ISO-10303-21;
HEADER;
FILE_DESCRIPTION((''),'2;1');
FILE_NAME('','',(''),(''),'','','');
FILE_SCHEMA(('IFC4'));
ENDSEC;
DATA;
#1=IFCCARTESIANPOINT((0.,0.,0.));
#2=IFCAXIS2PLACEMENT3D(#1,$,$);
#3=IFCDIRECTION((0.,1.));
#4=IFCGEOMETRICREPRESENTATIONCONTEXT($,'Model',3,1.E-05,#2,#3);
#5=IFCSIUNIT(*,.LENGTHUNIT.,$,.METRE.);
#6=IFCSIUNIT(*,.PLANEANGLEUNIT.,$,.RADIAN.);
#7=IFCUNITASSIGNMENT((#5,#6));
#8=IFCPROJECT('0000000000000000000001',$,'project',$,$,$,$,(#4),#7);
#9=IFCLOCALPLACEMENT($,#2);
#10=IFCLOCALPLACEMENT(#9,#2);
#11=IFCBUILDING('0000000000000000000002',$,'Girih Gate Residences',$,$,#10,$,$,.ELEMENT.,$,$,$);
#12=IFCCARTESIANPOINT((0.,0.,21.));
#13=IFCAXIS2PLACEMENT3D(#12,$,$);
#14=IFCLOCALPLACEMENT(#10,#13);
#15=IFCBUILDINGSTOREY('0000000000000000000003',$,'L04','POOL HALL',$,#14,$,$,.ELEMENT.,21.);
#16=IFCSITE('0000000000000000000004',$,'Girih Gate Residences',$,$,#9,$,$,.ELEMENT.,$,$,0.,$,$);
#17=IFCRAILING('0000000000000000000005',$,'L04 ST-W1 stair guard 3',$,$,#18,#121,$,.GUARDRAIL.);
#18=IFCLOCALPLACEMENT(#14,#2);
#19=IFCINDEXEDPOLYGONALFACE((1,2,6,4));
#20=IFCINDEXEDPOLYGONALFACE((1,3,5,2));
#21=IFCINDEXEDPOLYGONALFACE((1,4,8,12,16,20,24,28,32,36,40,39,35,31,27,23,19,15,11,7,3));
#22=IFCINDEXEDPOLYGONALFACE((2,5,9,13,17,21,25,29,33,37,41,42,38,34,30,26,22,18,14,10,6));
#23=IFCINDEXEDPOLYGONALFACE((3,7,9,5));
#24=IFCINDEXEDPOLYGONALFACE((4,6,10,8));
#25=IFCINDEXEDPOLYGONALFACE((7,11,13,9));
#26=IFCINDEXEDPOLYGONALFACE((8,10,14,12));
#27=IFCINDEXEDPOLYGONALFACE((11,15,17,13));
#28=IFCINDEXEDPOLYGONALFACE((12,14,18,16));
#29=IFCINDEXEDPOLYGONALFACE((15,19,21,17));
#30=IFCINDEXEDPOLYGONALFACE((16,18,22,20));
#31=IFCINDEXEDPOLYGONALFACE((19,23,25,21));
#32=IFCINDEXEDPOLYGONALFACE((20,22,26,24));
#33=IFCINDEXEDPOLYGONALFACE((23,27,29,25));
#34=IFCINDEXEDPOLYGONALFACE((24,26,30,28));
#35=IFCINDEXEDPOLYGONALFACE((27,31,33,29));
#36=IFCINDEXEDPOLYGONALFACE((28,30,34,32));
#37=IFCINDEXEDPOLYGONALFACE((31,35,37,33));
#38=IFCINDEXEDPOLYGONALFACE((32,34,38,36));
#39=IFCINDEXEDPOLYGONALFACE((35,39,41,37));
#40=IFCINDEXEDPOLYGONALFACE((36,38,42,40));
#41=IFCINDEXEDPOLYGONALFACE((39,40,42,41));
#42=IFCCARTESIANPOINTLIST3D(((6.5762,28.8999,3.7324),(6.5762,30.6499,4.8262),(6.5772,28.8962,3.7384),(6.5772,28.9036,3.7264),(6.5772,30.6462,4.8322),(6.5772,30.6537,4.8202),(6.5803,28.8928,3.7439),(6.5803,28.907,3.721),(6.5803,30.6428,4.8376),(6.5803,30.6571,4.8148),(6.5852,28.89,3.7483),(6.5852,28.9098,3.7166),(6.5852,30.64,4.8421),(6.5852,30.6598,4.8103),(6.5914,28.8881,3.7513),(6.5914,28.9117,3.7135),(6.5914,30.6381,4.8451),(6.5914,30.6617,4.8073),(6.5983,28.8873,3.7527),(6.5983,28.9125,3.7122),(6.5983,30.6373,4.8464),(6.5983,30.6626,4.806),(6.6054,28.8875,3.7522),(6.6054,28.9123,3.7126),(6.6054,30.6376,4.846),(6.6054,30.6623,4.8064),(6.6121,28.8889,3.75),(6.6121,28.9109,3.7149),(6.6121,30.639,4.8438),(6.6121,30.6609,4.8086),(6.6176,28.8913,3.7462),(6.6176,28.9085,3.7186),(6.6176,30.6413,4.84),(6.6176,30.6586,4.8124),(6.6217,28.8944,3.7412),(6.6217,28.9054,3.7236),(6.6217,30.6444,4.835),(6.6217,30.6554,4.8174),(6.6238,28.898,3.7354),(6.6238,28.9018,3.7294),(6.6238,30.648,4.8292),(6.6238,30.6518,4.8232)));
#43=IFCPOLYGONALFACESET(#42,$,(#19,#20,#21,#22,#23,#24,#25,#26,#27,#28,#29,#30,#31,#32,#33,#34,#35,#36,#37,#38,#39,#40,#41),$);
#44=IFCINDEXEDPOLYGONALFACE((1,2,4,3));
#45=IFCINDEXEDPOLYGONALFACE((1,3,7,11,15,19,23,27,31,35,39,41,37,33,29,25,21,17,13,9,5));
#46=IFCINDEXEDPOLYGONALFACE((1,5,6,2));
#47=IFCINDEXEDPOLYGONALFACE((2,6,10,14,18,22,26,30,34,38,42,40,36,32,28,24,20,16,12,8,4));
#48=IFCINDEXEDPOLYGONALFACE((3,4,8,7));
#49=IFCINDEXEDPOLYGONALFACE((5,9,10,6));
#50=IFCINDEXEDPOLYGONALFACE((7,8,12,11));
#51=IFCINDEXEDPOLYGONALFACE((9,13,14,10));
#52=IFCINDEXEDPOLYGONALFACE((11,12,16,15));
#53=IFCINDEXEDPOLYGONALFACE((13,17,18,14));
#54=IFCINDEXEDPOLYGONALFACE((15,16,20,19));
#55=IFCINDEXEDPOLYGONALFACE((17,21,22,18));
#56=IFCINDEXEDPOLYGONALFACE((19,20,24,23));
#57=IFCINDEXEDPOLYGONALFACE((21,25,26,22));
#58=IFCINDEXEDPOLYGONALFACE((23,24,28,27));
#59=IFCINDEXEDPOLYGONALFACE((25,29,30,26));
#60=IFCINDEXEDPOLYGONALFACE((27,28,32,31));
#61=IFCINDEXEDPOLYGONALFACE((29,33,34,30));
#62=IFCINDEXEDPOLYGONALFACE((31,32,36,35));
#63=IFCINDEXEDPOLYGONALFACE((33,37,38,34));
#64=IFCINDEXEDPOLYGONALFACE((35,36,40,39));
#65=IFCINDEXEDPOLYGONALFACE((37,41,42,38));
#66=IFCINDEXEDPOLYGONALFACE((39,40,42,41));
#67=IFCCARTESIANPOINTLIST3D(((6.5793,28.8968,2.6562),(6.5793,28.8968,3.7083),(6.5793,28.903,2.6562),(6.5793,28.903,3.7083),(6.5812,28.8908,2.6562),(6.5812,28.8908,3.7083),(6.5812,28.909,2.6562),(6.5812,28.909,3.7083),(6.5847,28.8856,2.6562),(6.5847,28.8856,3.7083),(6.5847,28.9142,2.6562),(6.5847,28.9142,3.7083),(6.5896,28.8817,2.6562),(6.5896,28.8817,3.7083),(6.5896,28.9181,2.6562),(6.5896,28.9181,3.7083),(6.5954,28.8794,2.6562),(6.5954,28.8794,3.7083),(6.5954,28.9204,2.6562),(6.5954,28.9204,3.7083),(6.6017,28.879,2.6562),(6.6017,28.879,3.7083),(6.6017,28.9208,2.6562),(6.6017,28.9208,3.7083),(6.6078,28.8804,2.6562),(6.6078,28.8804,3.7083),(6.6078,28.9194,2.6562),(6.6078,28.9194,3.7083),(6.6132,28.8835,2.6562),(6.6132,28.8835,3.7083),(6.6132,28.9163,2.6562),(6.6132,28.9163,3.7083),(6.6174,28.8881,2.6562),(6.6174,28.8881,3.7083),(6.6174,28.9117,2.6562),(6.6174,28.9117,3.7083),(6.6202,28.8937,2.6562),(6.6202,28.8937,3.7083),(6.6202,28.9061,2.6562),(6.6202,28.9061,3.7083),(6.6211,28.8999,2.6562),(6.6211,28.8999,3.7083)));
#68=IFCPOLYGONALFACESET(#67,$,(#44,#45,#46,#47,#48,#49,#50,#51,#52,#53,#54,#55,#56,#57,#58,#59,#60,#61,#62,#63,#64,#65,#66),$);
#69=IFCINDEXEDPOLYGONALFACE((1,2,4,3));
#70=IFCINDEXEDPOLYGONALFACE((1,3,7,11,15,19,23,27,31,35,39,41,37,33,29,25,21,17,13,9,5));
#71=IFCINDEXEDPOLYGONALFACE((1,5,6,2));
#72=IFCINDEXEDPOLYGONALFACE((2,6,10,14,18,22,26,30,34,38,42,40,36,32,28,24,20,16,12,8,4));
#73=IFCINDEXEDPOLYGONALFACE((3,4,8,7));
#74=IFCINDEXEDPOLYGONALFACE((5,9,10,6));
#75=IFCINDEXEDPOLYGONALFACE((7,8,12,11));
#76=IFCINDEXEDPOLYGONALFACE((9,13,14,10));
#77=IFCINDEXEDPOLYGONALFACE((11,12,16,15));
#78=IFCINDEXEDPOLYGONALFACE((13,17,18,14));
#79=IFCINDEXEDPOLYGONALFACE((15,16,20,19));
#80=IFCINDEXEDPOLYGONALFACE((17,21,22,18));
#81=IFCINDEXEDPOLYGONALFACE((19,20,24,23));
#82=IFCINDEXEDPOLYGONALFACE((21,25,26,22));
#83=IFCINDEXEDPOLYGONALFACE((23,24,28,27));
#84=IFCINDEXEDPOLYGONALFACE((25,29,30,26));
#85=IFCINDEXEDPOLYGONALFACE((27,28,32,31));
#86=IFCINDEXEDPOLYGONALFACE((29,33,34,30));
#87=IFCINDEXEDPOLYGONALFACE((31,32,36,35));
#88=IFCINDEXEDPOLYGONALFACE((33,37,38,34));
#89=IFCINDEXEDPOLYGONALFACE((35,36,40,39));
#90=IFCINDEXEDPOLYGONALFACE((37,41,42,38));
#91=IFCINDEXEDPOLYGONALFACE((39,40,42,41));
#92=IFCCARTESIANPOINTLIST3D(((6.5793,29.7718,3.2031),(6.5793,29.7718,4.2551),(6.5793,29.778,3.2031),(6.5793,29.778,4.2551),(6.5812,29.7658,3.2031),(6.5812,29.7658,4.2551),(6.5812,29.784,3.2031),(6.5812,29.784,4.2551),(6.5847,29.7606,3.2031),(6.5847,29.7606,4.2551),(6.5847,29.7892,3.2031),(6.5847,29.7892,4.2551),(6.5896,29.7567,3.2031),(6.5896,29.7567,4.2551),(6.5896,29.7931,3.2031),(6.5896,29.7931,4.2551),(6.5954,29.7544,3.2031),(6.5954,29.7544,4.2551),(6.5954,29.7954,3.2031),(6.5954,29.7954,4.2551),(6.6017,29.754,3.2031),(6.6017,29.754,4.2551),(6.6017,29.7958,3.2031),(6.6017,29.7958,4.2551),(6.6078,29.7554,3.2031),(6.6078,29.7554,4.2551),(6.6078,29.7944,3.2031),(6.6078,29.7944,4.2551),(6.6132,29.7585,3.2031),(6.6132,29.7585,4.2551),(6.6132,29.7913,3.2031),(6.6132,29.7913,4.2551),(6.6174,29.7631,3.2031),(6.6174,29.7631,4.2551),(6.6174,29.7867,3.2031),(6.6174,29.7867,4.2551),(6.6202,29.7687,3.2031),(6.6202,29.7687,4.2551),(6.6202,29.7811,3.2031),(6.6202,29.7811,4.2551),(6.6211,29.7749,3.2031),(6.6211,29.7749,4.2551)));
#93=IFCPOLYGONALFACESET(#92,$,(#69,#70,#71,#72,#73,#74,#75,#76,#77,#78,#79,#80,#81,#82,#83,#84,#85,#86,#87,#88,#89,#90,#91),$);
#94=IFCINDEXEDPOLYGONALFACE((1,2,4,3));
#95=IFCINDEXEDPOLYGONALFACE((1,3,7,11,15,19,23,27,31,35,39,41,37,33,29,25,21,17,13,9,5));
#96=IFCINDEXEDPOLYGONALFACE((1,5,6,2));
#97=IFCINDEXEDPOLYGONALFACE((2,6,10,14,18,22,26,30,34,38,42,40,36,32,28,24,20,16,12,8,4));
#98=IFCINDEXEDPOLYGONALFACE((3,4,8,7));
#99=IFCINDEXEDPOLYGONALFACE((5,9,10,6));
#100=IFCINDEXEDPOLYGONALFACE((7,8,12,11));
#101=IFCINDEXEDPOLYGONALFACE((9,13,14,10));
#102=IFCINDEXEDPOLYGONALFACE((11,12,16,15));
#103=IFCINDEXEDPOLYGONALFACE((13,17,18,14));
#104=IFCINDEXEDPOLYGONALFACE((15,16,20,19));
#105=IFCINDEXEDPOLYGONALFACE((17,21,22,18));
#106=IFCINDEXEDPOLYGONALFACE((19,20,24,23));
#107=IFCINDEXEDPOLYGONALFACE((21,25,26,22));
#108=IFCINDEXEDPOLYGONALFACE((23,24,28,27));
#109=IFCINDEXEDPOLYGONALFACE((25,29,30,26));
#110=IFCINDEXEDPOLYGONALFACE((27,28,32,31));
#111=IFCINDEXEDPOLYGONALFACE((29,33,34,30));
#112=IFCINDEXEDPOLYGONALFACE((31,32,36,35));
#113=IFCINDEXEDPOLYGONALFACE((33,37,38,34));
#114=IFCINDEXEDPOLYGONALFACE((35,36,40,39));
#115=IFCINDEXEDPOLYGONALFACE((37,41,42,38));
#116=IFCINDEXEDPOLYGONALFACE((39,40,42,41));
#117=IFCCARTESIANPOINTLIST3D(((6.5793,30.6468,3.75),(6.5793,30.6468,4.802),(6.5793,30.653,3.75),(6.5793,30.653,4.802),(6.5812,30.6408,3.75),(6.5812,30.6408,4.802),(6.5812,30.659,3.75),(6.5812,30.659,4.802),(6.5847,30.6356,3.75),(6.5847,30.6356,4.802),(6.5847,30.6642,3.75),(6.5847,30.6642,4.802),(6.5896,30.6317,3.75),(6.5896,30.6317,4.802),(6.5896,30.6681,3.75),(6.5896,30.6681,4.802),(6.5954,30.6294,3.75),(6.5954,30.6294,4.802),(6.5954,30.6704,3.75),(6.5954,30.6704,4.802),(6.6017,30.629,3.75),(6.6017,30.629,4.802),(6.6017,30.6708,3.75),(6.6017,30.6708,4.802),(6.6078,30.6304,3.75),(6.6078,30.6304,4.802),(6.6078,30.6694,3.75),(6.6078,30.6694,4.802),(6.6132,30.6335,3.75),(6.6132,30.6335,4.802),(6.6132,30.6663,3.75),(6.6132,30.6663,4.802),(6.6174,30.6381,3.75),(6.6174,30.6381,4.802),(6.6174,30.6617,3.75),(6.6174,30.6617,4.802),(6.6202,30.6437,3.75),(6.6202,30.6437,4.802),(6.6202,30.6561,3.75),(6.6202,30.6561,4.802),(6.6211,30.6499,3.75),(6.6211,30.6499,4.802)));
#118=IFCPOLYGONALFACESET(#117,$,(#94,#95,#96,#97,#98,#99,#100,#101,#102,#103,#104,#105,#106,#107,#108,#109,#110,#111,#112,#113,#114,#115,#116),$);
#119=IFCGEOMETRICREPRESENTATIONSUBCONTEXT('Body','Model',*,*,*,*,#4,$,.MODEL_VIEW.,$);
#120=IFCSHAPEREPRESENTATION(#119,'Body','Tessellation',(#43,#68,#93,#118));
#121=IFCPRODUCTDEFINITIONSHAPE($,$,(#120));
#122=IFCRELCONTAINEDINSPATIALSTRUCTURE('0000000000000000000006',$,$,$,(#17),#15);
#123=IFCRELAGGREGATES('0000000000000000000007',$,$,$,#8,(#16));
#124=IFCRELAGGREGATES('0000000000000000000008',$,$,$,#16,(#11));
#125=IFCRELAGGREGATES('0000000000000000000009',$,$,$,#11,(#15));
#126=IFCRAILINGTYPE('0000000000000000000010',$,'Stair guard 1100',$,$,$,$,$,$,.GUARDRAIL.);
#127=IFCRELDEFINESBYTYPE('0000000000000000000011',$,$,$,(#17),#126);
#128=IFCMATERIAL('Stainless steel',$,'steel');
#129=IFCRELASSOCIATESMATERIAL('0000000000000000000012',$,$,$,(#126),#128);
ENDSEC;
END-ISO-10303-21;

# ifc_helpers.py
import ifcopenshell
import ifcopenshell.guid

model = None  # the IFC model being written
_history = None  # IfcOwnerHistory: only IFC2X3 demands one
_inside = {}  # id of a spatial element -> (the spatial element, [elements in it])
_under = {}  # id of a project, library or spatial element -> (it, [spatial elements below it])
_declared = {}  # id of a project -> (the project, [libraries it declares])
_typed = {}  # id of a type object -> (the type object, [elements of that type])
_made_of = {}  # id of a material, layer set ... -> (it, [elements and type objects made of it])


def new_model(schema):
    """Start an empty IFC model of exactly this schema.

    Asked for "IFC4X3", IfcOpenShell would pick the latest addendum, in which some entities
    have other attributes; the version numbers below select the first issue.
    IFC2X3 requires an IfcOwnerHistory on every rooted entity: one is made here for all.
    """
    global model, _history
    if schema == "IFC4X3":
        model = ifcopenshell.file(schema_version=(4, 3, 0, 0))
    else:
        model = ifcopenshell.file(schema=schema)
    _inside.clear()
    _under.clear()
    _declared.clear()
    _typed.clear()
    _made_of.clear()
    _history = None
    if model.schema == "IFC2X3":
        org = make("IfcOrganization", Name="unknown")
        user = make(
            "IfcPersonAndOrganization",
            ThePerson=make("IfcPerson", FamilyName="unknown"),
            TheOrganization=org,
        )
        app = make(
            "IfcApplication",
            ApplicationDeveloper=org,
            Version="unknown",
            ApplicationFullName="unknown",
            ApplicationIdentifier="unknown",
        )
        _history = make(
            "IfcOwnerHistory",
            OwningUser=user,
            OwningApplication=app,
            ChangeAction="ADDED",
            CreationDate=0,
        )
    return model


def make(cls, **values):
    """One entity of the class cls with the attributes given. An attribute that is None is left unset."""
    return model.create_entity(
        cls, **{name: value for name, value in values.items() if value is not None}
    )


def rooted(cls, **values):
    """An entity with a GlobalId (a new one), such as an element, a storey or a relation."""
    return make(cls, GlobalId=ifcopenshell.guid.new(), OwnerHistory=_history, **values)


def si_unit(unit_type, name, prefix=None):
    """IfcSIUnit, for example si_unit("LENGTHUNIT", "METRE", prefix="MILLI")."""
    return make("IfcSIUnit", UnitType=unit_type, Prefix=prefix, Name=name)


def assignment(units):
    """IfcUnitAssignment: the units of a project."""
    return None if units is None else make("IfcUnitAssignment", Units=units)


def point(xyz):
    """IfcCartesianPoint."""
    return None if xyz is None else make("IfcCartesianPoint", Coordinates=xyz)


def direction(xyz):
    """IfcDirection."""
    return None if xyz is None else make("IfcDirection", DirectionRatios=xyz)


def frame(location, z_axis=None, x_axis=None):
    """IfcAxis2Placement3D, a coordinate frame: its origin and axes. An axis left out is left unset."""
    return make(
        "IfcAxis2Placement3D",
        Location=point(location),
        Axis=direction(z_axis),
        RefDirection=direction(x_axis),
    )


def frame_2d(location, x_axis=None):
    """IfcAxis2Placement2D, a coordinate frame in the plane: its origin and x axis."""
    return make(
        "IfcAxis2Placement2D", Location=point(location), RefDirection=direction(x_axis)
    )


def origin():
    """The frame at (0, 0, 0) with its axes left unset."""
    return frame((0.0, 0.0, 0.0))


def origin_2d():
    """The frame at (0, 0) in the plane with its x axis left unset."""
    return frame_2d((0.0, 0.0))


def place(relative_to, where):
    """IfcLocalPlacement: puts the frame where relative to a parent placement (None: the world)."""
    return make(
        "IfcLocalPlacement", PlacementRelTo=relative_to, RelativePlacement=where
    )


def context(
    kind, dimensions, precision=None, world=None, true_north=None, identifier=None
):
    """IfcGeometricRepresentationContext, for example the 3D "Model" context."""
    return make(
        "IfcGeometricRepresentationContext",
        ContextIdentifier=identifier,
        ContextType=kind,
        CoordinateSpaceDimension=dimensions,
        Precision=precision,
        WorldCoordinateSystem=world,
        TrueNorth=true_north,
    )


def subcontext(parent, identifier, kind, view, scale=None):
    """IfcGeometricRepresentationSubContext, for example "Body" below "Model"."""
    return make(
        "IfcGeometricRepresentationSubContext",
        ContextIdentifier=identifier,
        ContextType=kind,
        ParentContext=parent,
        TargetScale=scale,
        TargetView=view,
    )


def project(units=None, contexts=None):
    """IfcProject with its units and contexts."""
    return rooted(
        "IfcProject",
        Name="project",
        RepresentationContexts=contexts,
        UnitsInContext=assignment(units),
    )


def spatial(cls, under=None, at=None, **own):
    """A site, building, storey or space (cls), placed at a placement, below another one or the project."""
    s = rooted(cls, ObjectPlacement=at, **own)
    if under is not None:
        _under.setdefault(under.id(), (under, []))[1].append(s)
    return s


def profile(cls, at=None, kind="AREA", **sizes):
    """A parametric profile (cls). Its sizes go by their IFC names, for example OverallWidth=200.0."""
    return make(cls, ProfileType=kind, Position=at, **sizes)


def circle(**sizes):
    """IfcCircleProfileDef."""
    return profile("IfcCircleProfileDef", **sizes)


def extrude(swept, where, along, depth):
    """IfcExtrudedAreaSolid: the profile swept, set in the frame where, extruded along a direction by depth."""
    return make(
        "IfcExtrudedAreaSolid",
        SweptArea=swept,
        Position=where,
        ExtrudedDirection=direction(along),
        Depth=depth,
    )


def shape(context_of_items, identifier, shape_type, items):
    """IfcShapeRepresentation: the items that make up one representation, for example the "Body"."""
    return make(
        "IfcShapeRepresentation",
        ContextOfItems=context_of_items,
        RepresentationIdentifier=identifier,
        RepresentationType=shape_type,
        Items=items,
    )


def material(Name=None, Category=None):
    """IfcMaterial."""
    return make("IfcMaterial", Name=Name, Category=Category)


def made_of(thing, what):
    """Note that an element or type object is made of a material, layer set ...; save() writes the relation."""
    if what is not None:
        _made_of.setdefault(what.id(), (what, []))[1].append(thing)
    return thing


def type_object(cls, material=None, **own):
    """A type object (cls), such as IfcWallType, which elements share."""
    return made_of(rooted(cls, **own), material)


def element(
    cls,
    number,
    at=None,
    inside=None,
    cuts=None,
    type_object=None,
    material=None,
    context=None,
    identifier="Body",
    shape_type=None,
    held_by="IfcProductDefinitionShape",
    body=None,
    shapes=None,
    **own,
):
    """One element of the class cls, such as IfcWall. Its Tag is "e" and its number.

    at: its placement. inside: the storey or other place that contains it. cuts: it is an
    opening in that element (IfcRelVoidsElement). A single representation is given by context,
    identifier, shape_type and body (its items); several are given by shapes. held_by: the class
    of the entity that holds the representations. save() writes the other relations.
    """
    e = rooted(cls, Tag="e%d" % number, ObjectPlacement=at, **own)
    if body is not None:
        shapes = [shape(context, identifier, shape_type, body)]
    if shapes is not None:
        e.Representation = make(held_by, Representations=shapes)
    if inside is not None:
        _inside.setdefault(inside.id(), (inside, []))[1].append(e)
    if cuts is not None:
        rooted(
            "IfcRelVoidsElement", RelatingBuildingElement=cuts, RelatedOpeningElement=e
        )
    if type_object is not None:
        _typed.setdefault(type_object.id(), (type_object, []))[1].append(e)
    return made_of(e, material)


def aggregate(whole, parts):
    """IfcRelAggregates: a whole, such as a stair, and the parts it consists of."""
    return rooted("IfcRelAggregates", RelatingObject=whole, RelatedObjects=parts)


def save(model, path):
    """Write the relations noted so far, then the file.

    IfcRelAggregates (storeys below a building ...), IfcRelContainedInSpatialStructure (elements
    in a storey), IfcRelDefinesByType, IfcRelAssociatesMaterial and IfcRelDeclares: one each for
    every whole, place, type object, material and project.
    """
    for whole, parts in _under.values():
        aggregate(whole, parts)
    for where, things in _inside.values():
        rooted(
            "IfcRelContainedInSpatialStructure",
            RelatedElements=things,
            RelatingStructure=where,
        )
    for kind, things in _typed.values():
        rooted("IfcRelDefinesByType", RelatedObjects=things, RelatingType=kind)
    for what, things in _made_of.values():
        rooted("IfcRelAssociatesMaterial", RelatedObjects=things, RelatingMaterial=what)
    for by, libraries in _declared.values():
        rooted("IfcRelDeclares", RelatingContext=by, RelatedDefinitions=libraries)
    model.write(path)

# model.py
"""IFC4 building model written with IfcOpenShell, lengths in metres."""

from ifc_helpers import new_model, si_unit, direction, frame, origin, origin_2d, place, context, subcontext, project, spatial, circle, extrude, material, type_object, element, save


model = new_model("IFC4")

# Units and contexts
model_context = context("Model", 3, precision=1e-05, world=origin(), true_north=direction((0.0, 1.0)))
body_context = subcontext(model_context, "Body", "Model", "MODEL_VIEW")
ifc_project = project(units=[si_unit("LENGTHUNIT", "METRE"), si_unit("PLANEANGLEUNIT", "RADIAN")], contexts=[model_context])

# Site, building, storey
site_placement = place(None, origin())
site = spatial("IfcSite", under=ifc_project, at=site_placement, Name="Girih Gate Residences", CompositionType="ELEMENT", RefElevation=0.0)
building_placement = place(site_placement, origin())
building = spatial("IfcBuilding", under=site, at=building_placement, Name="Girih Gate Residences", CompositionType="ELEMENT")
storey_placement = place(building_placement, frame((0.0, 0.0, 21.0)))
storey = spatial("IfcBuildingStorey", under=building, at=storey_placement, Name="L04", Description="POOL HALL", CompositionType="ELEMENT", Elevation=21.0)

# Railing
ifc_material_1 = material(Name="Stainless steel", Category="steel")
railing_type = type_object("IfcRailingType", Name="Stair guard 1100", PredefinedType="GUARDRAIL", material=ifc_material_1)
for number, where, name in (
    (1, (6.6001, 28.8999, 2.6562), "L04 ST-W1 stair guard 3"),
):
    element("IfcRailing", number, at=place(storey_placement, frame(where)), inside=storey, type_object=railing_type, Name=name, PredefinedType="GUARDRAIL", context=body_context, shape_type="SweptSolid", body=[
        extrude(circle(Radius=0.0239, at=origin_2d()), frame((0.0, 0.0, 1.0762), z_axis=(0.0, 0.847998, 0.529999), x_axis=(-1.0, 0.0, 0.0)), (0.0, 0.0, 1.0), 2.0637),
        extrude(circle(Radius=0.021, at=origin_2d()), origin(), (0.0, 0.0, 1.0), 1.052),
        extrude(circle(Radius=0.021, at=origin_2d()), frame((0.0, 0.875, 0.5469)), (0.0, 0.0, 1.0), 1.052),
        extrude(circle(Radius=0.021, at=origin_2d()), frame((0.0, 1.75, 1.0938)), (0.0, 0.0, 1.0), 1.052),
    ])

save(model, "model.ifc")
